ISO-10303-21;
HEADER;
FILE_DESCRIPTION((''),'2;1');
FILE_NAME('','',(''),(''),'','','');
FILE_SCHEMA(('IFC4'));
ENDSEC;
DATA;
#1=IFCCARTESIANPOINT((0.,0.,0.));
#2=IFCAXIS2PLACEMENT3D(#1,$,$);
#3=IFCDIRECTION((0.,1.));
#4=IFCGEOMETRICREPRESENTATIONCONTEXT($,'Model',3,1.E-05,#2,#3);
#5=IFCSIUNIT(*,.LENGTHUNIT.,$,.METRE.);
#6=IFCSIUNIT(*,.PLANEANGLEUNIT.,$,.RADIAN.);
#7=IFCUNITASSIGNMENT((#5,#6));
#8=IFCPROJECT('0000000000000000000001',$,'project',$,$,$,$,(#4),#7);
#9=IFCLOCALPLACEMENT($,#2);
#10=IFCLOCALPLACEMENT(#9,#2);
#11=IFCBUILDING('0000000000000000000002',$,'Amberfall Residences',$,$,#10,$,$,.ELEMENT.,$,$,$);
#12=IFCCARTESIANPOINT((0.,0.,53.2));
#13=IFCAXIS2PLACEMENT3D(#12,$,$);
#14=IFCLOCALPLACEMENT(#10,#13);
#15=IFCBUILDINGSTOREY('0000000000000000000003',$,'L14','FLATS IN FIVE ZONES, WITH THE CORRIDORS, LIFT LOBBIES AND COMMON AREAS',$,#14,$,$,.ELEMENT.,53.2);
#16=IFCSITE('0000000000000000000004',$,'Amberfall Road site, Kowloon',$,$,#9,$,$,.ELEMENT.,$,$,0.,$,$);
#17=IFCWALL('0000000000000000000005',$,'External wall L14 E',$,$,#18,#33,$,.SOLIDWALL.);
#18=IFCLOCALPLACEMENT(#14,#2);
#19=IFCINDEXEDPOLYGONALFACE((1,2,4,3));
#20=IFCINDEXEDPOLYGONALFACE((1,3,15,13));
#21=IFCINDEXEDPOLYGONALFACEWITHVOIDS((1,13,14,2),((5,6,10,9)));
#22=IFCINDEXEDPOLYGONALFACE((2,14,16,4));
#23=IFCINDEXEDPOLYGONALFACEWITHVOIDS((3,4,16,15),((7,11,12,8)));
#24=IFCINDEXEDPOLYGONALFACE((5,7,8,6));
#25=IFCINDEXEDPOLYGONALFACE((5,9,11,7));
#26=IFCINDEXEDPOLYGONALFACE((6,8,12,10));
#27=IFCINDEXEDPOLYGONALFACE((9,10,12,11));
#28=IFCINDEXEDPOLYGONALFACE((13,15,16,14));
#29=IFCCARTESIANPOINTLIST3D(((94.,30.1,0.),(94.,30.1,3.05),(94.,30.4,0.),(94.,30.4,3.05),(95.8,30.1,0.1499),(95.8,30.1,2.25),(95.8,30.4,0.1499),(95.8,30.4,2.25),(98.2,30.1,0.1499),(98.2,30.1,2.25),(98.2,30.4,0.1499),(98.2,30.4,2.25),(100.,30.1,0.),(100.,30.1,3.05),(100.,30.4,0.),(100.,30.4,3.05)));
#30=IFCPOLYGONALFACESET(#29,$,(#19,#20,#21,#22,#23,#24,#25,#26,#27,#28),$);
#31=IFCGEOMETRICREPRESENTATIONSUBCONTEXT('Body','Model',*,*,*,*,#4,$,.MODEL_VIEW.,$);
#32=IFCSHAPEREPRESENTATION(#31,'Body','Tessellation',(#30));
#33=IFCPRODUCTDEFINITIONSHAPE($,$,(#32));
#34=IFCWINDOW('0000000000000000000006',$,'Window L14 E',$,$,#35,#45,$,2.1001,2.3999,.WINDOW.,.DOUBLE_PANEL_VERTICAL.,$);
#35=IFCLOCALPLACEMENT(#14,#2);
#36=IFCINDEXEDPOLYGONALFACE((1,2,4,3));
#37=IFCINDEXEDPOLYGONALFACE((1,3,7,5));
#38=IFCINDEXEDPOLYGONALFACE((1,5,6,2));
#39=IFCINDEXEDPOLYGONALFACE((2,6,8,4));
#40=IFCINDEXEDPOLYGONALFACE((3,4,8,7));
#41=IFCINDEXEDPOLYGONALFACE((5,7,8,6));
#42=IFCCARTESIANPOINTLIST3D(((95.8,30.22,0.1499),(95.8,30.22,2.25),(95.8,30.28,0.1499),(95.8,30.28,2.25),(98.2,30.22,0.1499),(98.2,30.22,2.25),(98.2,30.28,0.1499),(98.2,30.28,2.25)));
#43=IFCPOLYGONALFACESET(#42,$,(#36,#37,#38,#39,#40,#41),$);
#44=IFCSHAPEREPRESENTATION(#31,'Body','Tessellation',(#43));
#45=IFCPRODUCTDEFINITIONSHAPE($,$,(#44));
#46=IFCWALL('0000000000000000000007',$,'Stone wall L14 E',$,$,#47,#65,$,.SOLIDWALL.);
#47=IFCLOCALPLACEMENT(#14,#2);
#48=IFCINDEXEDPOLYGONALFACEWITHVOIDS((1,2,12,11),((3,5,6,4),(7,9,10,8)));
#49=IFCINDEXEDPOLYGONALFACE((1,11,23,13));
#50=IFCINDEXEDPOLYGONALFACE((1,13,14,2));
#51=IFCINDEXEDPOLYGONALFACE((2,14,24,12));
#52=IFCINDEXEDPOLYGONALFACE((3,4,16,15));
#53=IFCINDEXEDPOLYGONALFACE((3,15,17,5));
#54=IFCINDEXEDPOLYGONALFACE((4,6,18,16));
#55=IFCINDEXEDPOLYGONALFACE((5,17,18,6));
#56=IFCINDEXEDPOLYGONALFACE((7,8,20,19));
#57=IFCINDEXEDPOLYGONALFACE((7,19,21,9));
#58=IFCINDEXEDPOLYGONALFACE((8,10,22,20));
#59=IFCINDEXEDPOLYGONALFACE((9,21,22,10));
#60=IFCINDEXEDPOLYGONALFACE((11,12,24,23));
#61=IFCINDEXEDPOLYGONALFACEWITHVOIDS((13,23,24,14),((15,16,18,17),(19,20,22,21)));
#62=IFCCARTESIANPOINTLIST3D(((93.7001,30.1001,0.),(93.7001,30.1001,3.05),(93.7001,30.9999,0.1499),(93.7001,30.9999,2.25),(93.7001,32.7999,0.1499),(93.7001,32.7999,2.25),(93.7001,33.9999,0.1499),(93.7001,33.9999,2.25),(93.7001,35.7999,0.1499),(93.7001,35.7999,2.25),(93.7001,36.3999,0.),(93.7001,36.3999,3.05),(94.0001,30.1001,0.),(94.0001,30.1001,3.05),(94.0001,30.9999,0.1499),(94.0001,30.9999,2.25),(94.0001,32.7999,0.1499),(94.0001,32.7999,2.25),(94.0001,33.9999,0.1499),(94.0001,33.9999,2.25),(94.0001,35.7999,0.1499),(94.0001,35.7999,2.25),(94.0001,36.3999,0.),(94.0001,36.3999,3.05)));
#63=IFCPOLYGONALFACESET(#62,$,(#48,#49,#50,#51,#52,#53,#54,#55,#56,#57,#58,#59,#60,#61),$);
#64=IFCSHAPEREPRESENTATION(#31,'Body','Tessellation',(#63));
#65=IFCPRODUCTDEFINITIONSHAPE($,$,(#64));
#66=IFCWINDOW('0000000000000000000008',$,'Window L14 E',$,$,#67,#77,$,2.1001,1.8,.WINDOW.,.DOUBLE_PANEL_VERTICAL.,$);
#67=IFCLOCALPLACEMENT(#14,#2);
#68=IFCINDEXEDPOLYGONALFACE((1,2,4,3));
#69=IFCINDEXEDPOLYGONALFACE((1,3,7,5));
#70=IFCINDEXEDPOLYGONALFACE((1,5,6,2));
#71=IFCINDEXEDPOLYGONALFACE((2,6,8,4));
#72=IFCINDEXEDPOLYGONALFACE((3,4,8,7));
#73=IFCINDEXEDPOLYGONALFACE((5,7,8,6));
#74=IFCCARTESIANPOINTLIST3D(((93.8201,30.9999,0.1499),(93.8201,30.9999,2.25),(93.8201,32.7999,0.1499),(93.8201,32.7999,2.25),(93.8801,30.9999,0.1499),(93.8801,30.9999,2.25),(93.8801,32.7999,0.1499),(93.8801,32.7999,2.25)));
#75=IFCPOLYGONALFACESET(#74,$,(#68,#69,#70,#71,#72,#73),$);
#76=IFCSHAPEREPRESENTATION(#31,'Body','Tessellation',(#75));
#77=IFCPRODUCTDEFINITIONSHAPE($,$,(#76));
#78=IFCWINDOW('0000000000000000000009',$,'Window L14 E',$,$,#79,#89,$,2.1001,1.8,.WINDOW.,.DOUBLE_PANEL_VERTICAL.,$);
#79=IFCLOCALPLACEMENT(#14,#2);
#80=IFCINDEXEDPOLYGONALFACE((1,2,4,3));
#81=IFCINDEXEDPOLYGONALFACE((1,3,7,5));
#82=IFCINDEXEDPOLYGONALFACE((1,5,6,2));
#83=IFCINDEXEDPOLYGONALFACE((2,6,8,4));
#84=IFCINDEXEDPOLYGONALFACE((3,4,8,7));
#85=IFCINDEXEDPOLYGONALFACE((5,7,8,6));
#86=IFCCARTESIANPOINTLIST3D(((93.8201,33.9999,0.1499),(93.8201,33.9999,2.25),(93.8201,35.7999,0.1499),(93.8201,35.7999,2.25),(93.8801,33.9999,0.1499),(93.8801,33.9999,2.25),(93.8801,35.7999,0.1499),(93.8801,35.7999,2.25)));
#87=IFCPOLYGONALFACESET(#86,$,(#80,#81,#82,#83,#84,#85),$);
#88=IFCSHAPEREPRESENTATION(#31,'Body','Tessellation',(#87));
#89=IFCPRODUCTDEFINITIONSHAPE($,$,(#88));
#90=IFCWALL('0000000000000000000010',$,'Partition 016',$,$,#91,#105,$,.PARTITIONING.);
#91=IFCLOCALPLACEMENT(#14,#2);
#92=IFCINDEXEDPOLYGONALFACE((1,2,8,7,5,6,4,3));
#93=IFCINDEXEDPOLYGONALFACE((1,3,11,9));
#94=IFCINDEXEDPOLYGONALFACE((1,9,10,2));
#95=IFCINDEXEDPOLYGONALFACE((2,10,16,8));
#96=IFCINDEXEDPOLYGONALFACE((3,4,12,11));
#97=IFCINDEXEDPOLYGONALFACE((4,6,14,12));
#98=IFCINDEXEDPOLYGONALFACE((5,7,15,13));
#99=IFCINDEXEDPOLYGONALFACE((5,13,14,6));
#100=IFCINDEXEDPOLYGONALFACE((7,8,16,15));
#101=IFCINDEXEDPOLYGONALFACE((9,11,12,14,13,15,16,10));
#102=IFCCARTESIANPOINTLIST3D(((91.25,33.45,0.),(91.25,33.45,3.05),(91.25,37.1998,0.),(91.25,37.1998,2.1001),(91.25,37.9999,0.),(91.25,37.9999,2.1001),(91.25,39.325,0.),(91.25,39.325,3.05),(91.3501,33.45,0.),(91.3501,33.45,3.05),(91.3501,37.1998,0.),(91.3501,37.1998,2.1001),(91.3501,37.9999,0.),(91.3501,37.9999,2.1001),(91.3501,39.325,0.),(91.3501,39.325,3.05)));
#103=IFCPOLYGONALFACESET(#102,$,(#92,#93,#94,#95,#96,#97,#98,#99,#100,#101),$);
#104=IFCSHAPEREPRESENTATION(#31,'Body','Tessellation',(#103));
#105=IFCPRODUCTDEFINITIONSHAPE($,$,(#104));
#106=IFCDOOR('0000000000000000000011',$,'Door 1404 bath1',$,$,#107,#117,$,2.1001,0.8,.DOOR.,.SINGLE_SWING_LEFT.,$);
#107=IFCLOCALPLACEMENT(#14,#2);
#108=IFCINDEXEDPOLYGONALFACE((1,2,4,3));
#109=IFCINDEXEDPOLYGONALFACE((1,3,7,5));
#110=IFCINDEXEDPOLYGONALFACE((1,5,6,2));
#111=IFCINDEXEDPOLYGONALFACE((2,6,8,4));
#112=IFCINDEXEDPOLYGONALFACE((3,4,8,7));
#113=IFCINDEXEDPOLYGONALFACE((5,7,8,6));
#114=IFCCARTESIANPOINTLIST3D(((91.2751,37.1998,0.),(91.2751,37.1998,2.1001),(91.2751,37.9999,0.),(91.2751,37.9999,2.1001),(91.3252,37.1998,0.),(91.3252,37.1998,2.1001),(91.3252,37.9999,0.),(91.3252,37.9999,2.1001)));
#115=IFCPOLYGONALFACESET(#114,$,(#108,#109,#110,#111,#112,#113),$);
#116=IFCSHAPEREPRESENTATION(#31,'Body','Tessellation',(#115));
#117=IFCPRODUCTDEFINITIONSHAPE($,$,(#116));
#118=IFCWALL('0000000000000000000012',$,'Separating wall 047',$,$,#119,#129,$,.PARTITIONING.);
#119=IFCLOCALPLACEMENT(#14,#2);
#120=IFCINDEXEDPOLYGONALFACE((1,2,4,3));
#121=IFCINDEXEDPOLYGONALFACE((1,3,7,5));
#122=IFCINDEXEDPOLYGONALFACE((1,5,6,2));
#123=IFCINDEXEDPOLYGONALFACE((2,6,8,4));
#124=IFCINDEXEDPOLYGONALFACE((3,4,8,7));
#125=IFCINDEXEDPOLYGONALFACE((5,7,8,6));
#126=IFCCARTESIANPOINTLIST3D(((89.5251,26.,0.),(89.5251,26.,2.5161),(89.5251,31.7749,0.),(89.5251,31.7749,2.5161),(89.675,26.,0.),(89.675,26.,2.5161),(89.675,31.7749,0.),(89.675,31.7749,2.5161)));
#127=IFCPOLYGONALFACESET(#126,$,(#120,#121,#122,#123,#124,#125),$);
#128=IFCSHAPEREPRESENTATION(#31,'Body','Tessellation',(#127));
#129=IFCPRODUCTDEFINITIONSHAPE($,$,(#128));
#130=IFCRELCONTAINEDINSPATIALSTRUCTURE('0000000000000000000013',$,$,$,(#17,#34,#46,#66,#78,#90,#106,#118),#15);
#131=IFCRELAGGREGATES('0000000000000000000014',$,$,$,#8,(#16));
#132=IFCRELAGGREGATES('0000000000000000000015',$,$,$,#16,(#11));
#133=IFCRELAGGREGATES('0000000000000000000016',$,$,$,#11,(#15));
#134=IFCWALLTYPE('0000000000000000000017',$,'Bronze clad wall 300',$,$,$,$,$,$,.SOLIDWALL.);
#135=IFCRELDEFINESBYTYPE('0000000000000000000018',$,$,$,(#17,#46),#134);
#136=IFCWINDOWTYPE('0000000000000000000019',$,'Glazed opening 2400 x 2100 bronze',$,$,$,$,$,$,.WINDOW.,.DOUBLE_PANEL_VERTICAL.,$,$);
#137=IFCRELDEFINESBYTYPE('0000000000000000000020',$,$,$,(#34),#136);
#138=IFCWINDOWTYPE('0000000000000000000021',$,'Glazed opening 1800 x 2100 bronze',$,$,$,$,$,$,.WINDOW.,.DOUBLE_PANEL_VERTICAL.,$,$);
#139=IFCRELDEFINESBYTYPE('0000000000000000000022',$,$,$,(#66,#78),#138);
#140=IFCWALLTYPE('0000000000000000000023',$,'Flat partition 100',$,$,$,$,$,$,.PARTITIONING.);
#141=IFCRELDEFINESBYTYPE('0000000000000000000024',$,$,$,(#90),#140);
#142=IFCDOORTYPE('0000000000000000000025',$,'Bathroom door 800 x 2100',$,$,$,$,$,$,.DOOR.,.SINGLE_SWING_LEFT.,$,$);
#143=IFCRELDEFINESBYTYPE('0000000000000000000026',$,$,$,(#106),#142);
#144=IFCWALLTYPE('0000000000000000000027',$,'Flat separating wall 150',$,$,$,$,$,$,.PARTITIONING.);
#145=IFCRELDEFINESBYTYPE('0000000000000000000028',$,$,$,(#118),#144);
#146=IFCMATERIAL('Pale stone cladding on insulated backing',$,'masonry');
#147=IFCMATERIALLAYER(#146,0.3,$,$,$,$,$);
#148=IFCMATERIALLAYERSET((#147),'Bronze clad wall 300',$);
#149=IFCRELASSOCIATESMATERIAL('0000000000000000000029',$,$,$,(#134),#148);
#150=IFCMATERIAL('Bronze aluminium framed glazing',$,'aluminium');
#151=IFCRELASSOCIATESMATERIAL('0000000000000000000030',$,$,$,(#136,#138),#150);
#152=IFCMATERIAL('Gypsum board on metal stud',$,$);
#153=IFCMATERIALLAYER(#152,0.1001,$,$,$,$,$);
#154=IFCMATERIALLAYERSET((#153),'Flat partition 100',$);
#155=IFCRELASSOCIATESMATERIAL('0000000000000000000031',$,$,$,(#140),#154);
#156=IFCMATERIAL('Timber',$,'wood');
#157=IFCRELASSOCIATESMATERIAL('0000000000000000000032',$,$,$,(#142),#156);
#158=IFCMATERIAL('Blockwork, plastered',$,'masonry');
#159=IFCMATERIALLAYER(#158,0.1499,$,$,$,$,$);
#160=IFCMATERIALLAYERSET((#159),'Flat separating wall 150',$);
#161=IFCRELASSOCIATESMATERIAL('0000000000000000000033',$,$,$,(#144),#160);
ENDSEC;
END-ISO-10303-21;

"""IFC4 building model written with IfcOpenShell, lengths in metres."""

from ifc_helpers import new_model, si_unit, direction, frame, frame_2d, origin, place, context, subcontext, project, spatial, rectangle, extrude, material, layer, layer_set, type_object, element, fill, save


model = new_model("IFC4")

# Units and contexts
model_context = context("Model", 3, precision=1e-05, world=origin(), true_north=direction((0.0, 1.0)))
body_context = subcontext(model_context, "Body", "Model", "MODEL_VIEW")
ifc_project = project(units=[si_unit("LENGTHUNIT", "METRE"), si_unit("PLANEANGLEUNIT", "RADIAN")], contexts=[model_context])

# Site, building, storey
site_placement = place(None, origin())
site = spatial("IfcSite", under=ifc_project, at=site_placement, Name="Amberfall Road site, Kowloon", CompositionType="ELEMENT", RefElevation=0.0)
building_placement = place(site_placement, origin())
building = spatial("IfcBuilding", under=site, at=building_placement, Name="Amberfall Residences", CompositionType="ELEMENT")
storey_placement = place(building_placement, frame((0.0, 0.0, 53.2)))
storey = spatial("IfcBuildingStorey", under=building, at=storey_placement, Name="L14", Description="FLATS IN FIVE ZONES, WITH THE CORRIDORS, LIFT LOBBIES AND COMMON AREAS", CompositionType="ELEMENT", Elevation=53.2)

# Wall, opening, window
ifc_material_1 = material(Name="Pale stone cladding on insulated backing", Category="masonry")
ifc_layer_1 = layer(ifc_material_1, 0.3)
ifc_layer_set_1 = layer_set([ifc_layer_1], Name="Bronze clad wall 300")
wall_type_1 = type_object("IfcWallType", Name="Bronze clad wall 300", PredefinedType="SOLIDWALL", material=ifc_layer_set_1)
wall_1_placement = place(storey_placement, frame((100.0, 30.25, 0.0), z_axis=(0.0, 0.0, 1.0), x_axis=(-1.0, 0.0, 0.0)))
wall_1 = element("IfcWall", 1, at=wall_1_placement, inside=storey, type_object=wall_type_1, Name="External wall L14 E", PredefinedType="SOLIDWALL", context=body_context, shape_type="SweptSolid", body=[
    extrude(rectangle(XDim=6.0, YDim=0.3, at=frame_2d((3.0, 0.0))), origin(), (0.0, 0.0, 1.0), 3.05),
])
opening_1_placement = place(wall_1_placement, frame((1.8, 0.0, 0.1499)))
opening_1 = element("IfcOpeningElement", 2, at=opening_1_placement, cuts=wall_1, PredefinedType="OPENING", context=body_context, shape_type="SweptSolid", body=[
    extrude(rectangle(XDim=2.3999, YDim=2.1001, at=frame_2d((1.2, 1.05))), frame((0.0, 0.1599, 0.0), z_axis=(0.0, -1.0, 0.0), x_axis=(1.0, 0.0, 0.0)), (0.0, 0.0, 1.0), 0.3201),
])
ifc_material_2 = material(Name="Bronze aluminium framed glazing", Category="aluminium")
window_type_1 = type_object("IfcWindowType", Name="Glazed opening 2400 x 2100 bronze", PartitioningType="DOUBLE_PANEL_VERTICAL", PredefinedType="WINDOW", material=ifc_material_2)
window_1_placement = place(opening_1_placement, origin())
window_1 = element("IfcWindow", 3, at=window_1_placement, inside=storey, type_object=window_type_1, Name="Window L14 E", OverallHeight=2.1001, OverallWidth=2.3999, PartitioningType="DOUBLE_PANEL_VERTICAL", PredefinedType="WINDOW", context=body_context, shape_type="SweptSolid", body=[
    extrude(rectangle(XDim=2.3999, YDim=2.1001, at=frame_2d((1.2, 1.05))), frame((0.0, 0.03, 0.0), z_axis=(0.0, -1.0, 0.0), x_axis=(1.0, 0.0, 0.0)), (0.0, 0.0, 1.0), 0.0601),
])
fill(opening_1, window_1)

# Wall, openings, windows
wall_2_placement = place(storey_placement, frame((93.8501, 30.1001, 0.0), z_axis=(0.0, 0.0, 1.0), x_axis=(0.0, 1.0, 0.0)))
wall_2 = element("IfcWall", 4, at=wall_2_placement, inside=storey, type_object=wall_type_1, Name="Stone wall L14 E", PredefinedType="SOLIDWALL", context=body_context, shape_type="SweptSolid", body=[
    extrude(rectangle(XDim=6.2998, YDim=0.3, at=frame_2d((3.1499, 0.0))), origin(), (0.0, 0.0, 1.0), 3.05),
])
opening_2_placement = place(wall_2_placement, frame((0.8999, 0.0, 0.1499)))
opening_2 = element("IfcOpeningElement", 5, at=opening_2_placement, cuts=wall_2, PredefinedType="OPENING", context=body_context, shape_type="SweptSolid", body=[
    extrude(rectangle(XDim=1.8, YDim=2.1001, at=frame_2d((0.8999, 1.05))), frame((0.0, 0.1599, 0.0), z_axis=(0.0, -1.0, 0.0), x_axis=(1.0, 0.0, 0.0)), (0.0, 0.0, 1.0), 0.3201),
])
opening_3_placement = place(wall_2_placement, frame((3.8999, 0.0, 0.1499)))
opening_3 = element("IfcOpeningElement", 6, at=opening_3_placement, cuts=wall_2, PredefinedType="OPENING", context=body_context, shape_type="SweptSolid", body=[
    extrude(rectangle(XDim=1.8, YDim=2.1001, at=frame_2d((0.8999, 1.05))), frame((0.0, 0.1599, 0.0), z_axis=(0.0, -1.0, 0.0), x_axis=(1.0, 0.0, 0.0)), (0.0, 0.0, 1.0), 0.3201),
])
window_type_2 = type_object("IfcWindowType", Name="Glazed opening 1800 x 2100 bronze", PartitioningType="DOUBLE_PANEL_VERTICAL", PredefinedType="WINDOW", material=ifc_material_2)
window_2_placement = place(opening_2_placement, origin())
window_2 = element("IfcWindow", 7, at=window_2_placement, inside=storey, type_object=window_type_2, Name="Window L14 E", OverallHeight=2.1001, OverallWidth=1.8, PartitioningType="DOUBLE_PANEL_VERTICAL", PredefinedType="WINDOW", context=body_context, shape_type="SweptSolid", body=[
    extrude(rectangle(XDim=1.8, YDim=2.1001, at=frame_2d((0.8999, 1.05))), frame((0.0, 0.03, 0.0), z_axis=(0.0, -1.0, 0.0), x_axis=(1.0, 0.0, 0.0)), (0.0, 0.0, 1.0), 0.0601),
])
fill(opening_2, window_2)
window_3_placement = place(opening_3_placement, origin())
window_3 = element("IfcWindow", 8, at=window_3_placement, inside=storey, type_object=window_type_2, Name="Window L14 E", OverallHeight=2.1001, OverallWidth=1.8, PartitioningType="DOUBLE_PANEL_VERTICAL", PredefinedType="WINDOW", context=body_context, shape_type="SweptSolid", body=[
    extrude(rectangle(XDim=1.8, YDim=2.1001, at=frame_2d((0.8999, 1.05))), frame((0.0, 0.03, 0.0), z_axis=(0.0, -1.0, 0.0), x_axis=(1.0, 0.0, 0.0)), (0.0, 0.0, 1.0), 0.0601),
])
fill(opening_3, window_3)

# Wall, opening, door
ifc_material_3 = material(Name="Gypsum board on metal stud")
ifc_layer_2 = layer(ifc_material_3, 0.1001)
ifc_layer_set_2 = layer_set([ifc_layer_2], Name="Flat partition 100")
wall_type_2 = type_object("IfcWallType", Name="Flat partition 100", PredefinedType="PARTITIONING", material=ifc_layer_set_2)
wall_3_placement = place(storey_placement, frame((91.3, 33.45, 0.0), z_axis=(0.0, 0.0, 1.0), x_axis=(0.0, 1.0, 0.0)))
wall_3 = element("IfcWall", 9, at=wall_3_placement, inside=storey, type_object=wall_type_2, Name="Partition 016", PredefinedType="PARTITIONING", context=body_context, shape_type="SweptSolid", body=[
    extrude(rectangle(XDim=5.875, YDim=0.1001, at=frame_2d((2.9375, 0.0))), origin(), (0.0, 0.0, 1.0), 3.05),
])
opening_4_placement = place(wall_3_placement, frame((3.75, 0.0, 0.0)))
opening_4 = element("IfcOpeningElement", 10, at=opening_4_placement, cuts=wall_3, PredefinedType="OPENING", context=body_context, shape_type="SweptSolid", body=[
    extrude(rectangle(XDim=0.8, YDim=2.1001, at=frame_2d((0.3999, 1.05))), frame((0.0, 0.0601, 0.0), z_axis=(0.0, -1.0, 0.0), x_axis=(1.0, 0.0, 0.0)), (0.0, 0.0, 1.0), 0.1201),
])
ifc_material_4 = material(Name="Timber", Category="wood")
door_type_1 = type_object("IfcDoorType", Name="Bathroom door 800 x 2100", OperationType="SINGLE_SWING_LEFT", PredefinedType="DOOR", material=ifc_material_4)
door_1_placement = place(opening_4_placement, origin())
door_1 = element("IfcDoor", 11, at=door_1_placement, inside=storey, type_object=door_type_1, Name="Door 1404 bath1", OperationType="SINGLE_SWING_LEFT", OverallHeight=2.1001, OverallWidth=0.8, PredefinedType="DOOR", context=body_context, shape_type="SweptSolid", body=[
    extrude(rectangle(XDim=0.8, YDim=2.1001, at=frame_2d((0.3999, 1.05))), frame((0.0, 0.0249, 0.0), z_axis=(0.0, -1.0, 0.0), x_axis=(1.0, 0.0, 0.0)), (0.0, 0.0, 1.0), 0.05),
])
fill(opening_4, door_1)

# Wall
ifc_material_5 = material(Name="Blockwork, plastered", Category="masonry")
ifc_layer_3 = layer(ifc_material_5, 0.1499)
ifc_layer_set_3 = layer_set([ifc_layer_3], Name="Flat separating wall 150")
wall_type_3 = type_object("IfcWallType", Name="Flat separating wall 150", PredefinedType="PARTITIONING", material=ifc_layer_set_3)
wall_4_placement = place(storey_placement, frame((89.6001, 26.0, 0.0), z_axis=(0.0, 0.0, 1.0), x_axis=(0.0, 1.0, 0.0)))
element("IfcWall", 12, at=wall_4_placement, inside=storey, type_object=wall_type_3, Name="Separating wall 047", PredefinedType="PARTITIONING", context=body_context, shape_type="SweptSolid", body=[
    extrude(rectangle(XDim=5.7749, YDim=0.1499, at=frame_2d((2.8875, 0.0))), origin(), (0.0, 0.0, 1.0), 2.5161),
])

save(model, "model.ifc")
